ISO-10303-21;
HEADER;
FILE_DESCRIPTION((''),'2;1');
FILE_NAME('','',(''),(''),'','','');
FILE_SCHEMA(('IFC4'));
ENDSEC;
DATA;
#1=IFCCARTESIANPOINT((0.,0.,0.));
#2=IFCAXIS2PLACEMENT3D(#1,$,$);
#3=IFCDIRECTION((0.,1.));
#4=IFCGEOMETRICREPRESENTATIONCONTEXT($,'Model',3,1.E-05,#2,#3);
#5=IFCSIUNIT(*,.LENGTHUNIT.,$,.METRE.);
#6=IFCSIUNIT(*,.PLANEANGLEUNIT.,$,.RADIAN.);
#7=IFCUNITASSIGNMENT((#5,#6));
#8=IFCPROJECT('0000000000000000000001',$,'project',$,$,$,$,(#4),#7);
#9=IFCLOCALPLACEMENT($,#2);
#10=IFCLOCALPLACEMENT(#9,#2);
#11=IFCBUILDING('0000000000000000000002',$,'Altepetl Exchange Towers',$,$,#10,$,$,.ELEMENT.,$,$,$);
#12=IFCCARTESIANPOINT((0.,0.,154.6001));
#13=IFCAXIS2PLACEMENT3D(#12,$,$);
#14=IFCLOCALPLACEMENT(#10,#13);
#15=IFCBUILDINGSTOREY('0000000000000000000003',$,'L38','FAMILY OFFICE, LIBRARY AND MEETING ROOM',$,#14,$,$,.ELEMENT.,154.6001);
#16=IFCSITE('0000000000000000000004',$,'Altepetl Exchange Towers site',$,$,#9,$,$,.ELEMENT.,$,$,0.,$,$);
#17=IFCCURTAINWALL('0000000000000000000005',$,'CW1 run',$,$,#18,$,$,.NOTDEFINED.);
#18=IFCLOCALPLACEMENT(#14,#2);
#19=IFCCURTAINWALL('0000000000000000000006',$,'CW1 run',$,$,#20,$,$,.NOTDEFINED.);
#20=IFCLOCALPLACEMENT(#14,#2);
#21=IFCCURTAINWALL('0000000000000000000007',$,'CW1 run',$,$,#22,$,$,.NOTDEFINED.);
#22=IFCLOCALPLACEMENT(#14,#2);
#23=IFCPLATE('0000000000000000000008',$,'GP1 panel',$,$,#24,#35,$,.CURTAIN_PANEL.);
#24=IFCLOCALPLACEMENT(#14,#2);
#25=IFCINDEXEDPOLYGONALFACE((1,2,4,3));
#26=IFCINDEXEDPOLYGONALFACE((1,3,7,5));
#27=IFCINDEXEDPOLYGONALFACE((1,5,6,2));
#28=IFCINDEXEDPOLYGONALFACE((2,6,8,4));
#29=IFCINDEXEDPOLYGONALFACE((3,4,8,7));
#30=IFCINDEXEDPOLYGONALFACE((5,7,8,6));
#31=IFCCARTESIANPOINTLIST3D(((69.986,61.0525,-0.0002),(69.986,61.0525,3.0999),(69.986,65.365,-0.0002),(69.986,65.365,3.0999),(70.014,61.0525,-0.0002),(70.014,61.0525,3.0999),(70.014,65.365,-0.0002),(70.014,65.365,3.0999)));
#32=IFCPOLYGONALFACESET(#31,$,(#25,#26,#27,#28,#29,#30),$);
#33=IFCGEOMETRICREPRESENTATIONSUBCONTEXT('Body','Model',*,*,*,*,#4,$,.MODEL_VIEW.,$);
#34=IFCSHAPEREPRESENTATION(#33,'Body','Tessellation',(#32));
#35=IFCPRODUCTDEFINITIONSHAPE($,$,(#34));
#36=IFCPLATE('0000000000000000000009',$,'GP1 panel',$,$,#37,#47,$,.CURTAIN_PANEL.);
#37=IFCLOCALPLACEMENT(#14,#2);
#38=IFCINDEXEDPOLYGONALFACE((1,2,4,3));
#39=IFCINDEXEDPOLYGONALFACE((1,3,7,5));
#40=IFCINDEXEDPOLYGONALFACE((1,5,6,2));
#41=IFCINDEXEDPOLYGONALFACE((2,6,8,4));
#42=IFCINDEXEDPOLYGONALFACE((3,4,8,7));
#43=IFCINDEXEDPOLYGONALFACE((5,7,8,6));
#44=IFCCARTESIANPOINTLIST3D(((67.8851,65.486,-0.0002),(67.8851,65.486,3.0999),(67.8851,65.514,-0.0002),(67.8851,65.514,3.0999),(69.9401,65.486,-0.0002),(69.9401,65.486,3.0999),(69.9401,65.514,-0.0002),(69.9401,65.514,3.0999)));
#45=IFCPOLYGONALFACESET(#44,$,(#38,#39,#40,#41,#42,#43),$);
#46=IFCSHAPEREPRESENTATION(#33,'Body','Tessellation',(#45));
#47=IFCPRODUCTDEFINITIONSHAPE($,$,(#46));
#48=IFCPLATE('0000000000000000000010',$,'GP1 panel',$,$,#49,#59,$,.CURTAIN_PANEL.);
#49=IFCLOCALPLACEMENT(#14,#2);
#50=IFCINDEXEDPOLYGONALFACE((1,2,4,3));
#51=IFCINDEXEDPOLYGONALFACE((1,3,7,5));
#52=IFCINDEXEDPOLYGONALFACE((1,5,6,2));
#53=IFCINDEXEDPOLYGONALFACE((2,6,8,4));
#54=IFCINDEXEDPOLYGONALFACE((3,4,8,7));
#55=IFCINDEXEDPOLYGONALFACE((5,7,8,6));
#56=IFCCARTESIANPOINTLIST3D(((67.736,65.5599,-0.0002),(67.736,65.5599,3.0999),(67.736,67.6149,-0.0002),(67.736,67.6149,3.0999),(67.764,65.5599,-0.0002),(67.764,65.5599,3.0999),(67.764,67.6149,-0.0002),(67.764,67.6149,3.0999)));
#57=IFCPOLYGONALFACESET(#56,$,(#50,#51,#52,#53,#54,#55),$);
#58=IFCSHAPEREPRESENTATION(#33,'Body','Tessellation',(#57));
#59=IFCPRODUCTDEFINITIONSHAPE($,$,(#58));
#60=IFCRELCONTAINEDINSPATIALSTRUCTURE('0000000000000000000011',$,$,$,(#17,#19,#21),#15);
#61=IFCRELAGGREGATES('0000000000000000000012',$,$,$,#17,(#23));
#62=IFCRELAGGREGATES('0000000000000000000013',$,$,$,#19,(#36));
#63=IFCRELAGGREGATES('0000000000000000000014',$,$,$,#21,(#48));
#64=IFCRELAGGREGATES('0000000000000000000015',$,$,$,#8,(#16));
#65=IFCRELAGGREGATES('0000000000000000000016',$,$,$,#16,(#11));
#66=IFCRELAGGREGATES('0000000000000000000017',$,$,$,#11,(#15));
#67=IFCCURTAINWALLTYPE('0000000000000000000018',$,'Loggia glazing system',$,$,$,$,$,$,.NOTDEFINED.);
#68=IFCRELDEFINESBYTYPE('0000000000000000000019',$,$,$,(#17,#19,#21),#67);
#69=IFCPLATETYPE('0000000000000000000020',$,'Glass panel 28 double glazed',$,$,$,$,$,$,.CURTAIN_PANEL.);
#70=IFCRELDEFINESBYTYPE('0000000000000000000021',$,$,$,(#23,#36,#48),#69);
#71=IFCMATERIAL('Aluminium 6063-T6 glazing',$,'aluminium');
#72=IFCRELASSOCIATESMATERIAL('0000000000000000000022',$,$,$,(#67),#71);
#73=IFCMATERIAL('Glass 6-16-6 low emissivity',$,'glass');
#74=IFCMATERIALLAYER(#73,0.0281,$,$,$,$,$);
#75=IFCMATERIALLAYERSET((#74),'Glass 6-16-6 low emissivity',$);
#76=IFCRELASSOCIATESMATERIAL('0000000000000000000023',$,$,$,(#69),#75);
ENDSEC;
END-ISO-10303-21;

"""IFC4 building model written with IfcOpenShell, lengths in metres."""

from ifc_helpers import new_model, si_unit, direction, frame, origin, origin_2d, place, context, subcontext, project, spatial, rectangle, extrude, material, layer, layer_set, type_object, element, aggregate, save


model = new_model("IFC4")

# Units and contexts
model_context = context("Model", 3, precision=1e-05, world=origin(), true_north=direction((0.0, 1.0)))
body_context = subcontext(model_context, "Body", "Model", "MODEL_VIEW")
ifc_project = project(units=[si_unit("LENGTHUNIT", "METRE"), si_unit("PLANEANGLEUNIT", "RADIAN")], contexts=[model_context])

# Site, building, storey
site_placement = place(None, origin())
site = spatial("IfcSite", under=ifc_project, at=site_placement, Name="Altepetl Exchange Towers site", CompositionType="ELEMENT", RefElevation=0.0)
building_placement = place(site_placement, origin())
building = spatial("IfcBuilding", under=site, at=building_placement, Name="Altepetl Exchange Towers", CompositionType="ELEMENT")
storey_placement = place(building_placement, frame((0.0, 0.0, 154.6001)))
storey = spatial("IfcBuildingStorey", under=building, at=storey_placement, Name="L38", Description="FAMILY OFFICE, LIBRARY AND MEETING ROOM", CompositionType="ELEMENT", Elevation=154.6001)

# Curtain walls
ifc_material_1 = material(Name="Aluminium 6063-T6 glazing", Category="aluminium")
curtain_wall_type = type_object("IfcCurtainWallType", Name="Loggia glazing system", PredefinedType="NOTDEFINED", material=ifc_material_1)
curtain_wall_1_placement = place(storey_placement, origin())
curtain_wall_1 = element("IfcCurtainWall", 1, at=curtain_wall_1_placement, inside=storey, type_object=curtain_wall_type, Name="CW1 run", PredefinedType="NOTDEFINED")
curtain_wall_2_placement = place(storey_placement, origin())
curtain_wall_2 = element("IfcCurtainWall", 2, at=curtain_wall_2_placement, inside=storey, type_object=curtain_wall_type, Name="CW1 run", PredefinedType="NOTDEFINED")
curtain_wall_3_placement = place(storey_placement, origin())
curtain_wall_3 = element("IfcCurtainWall", 3, at=curtain_wall_3_placement, inside=storey, type_object=curtain_wall_type, Name="CW1 run", PredefinedType="NOTDEFINED")

# Plates
ifc_material_2 = material(Name="Glass 6-16-6 low emissivity", Category="glass")
ifc_layer = layer(ifc_material_2, 0.0281)
ifc_layer_set = layer_set([ifc_layer], Name="Glass 6-16-6 low emissivity")
plate_type = type_object("IfcPlateType", Name="Glass panel 28 double glazed", PredefinedType="CURTAIN_PANEL", material=ifc_layer_set)
plate_1_placement = place(storey_placement, frame((70.0, 63.2087, -0.0002), z_axis=(0.0, 0.0, 1.0), x_axis=(0.0, 1.0, 0.0)))
plate_1 = element("IfcPlate", 4, at=plate_1_placement, type_object=plate_type, Name="GP1 panel", PredefinedType="CURTAIN_PANEL", context=body_context, shape_type="SweptSolid", body=[
    extrude(rectangle(XDim=4.3125, YDim=0.0281, at=origin_2d()), origin(), (0.0, 0.0, 1.0), 3.1001),
])
aggregate(curtain_wall_1, [plate_1])
plate_2_placement = place(storey_placement, frame((68.9126, 65.5, -0.0002), z_axis=(0.0, 0.0, 1.0), x_axis=(-1.0, 0.0, 0.0)))
plate_2 = element("IfcPlate", 5, at=plate_2_placement, type_object=plate_type, Name="GP1 panel", PredefinedType="CURTAIN_PANEL", context=body_context, shape_type="SweptSolid", body=[
    extrude(rectangle(XDim=2.0549, YDim=0.0281, at=origin_2d()), origin(), (0.0, 0.0, 1.0), 3.1001),
])
aggregate(curtain_wall_2, [plate_2])
plate_3_placement = place(storey_placement, frame((67.75, 66.5874, -0.0002), z_axis=(0.0, 0.0, 1.0), x_axis=(0.0, 1.0, 0.0)))
plate_3 = element("IfcPlate", 6, at=plate_3_placement, type_object=plate_type, Name="GP1 panel", PredefinedType="CURTAIN_PANEL", context=body_context, shape_type="SweptSolid", body=[
    extrude(rectangle(XDim=2.0549, YDim=0.0281, at=origin_2d()), origin(), (0.0, 0.0, 1.0), 3.1001),
])
aggregate(curtain_wall_3, [plate_3])

save(model, "model.ifc")
